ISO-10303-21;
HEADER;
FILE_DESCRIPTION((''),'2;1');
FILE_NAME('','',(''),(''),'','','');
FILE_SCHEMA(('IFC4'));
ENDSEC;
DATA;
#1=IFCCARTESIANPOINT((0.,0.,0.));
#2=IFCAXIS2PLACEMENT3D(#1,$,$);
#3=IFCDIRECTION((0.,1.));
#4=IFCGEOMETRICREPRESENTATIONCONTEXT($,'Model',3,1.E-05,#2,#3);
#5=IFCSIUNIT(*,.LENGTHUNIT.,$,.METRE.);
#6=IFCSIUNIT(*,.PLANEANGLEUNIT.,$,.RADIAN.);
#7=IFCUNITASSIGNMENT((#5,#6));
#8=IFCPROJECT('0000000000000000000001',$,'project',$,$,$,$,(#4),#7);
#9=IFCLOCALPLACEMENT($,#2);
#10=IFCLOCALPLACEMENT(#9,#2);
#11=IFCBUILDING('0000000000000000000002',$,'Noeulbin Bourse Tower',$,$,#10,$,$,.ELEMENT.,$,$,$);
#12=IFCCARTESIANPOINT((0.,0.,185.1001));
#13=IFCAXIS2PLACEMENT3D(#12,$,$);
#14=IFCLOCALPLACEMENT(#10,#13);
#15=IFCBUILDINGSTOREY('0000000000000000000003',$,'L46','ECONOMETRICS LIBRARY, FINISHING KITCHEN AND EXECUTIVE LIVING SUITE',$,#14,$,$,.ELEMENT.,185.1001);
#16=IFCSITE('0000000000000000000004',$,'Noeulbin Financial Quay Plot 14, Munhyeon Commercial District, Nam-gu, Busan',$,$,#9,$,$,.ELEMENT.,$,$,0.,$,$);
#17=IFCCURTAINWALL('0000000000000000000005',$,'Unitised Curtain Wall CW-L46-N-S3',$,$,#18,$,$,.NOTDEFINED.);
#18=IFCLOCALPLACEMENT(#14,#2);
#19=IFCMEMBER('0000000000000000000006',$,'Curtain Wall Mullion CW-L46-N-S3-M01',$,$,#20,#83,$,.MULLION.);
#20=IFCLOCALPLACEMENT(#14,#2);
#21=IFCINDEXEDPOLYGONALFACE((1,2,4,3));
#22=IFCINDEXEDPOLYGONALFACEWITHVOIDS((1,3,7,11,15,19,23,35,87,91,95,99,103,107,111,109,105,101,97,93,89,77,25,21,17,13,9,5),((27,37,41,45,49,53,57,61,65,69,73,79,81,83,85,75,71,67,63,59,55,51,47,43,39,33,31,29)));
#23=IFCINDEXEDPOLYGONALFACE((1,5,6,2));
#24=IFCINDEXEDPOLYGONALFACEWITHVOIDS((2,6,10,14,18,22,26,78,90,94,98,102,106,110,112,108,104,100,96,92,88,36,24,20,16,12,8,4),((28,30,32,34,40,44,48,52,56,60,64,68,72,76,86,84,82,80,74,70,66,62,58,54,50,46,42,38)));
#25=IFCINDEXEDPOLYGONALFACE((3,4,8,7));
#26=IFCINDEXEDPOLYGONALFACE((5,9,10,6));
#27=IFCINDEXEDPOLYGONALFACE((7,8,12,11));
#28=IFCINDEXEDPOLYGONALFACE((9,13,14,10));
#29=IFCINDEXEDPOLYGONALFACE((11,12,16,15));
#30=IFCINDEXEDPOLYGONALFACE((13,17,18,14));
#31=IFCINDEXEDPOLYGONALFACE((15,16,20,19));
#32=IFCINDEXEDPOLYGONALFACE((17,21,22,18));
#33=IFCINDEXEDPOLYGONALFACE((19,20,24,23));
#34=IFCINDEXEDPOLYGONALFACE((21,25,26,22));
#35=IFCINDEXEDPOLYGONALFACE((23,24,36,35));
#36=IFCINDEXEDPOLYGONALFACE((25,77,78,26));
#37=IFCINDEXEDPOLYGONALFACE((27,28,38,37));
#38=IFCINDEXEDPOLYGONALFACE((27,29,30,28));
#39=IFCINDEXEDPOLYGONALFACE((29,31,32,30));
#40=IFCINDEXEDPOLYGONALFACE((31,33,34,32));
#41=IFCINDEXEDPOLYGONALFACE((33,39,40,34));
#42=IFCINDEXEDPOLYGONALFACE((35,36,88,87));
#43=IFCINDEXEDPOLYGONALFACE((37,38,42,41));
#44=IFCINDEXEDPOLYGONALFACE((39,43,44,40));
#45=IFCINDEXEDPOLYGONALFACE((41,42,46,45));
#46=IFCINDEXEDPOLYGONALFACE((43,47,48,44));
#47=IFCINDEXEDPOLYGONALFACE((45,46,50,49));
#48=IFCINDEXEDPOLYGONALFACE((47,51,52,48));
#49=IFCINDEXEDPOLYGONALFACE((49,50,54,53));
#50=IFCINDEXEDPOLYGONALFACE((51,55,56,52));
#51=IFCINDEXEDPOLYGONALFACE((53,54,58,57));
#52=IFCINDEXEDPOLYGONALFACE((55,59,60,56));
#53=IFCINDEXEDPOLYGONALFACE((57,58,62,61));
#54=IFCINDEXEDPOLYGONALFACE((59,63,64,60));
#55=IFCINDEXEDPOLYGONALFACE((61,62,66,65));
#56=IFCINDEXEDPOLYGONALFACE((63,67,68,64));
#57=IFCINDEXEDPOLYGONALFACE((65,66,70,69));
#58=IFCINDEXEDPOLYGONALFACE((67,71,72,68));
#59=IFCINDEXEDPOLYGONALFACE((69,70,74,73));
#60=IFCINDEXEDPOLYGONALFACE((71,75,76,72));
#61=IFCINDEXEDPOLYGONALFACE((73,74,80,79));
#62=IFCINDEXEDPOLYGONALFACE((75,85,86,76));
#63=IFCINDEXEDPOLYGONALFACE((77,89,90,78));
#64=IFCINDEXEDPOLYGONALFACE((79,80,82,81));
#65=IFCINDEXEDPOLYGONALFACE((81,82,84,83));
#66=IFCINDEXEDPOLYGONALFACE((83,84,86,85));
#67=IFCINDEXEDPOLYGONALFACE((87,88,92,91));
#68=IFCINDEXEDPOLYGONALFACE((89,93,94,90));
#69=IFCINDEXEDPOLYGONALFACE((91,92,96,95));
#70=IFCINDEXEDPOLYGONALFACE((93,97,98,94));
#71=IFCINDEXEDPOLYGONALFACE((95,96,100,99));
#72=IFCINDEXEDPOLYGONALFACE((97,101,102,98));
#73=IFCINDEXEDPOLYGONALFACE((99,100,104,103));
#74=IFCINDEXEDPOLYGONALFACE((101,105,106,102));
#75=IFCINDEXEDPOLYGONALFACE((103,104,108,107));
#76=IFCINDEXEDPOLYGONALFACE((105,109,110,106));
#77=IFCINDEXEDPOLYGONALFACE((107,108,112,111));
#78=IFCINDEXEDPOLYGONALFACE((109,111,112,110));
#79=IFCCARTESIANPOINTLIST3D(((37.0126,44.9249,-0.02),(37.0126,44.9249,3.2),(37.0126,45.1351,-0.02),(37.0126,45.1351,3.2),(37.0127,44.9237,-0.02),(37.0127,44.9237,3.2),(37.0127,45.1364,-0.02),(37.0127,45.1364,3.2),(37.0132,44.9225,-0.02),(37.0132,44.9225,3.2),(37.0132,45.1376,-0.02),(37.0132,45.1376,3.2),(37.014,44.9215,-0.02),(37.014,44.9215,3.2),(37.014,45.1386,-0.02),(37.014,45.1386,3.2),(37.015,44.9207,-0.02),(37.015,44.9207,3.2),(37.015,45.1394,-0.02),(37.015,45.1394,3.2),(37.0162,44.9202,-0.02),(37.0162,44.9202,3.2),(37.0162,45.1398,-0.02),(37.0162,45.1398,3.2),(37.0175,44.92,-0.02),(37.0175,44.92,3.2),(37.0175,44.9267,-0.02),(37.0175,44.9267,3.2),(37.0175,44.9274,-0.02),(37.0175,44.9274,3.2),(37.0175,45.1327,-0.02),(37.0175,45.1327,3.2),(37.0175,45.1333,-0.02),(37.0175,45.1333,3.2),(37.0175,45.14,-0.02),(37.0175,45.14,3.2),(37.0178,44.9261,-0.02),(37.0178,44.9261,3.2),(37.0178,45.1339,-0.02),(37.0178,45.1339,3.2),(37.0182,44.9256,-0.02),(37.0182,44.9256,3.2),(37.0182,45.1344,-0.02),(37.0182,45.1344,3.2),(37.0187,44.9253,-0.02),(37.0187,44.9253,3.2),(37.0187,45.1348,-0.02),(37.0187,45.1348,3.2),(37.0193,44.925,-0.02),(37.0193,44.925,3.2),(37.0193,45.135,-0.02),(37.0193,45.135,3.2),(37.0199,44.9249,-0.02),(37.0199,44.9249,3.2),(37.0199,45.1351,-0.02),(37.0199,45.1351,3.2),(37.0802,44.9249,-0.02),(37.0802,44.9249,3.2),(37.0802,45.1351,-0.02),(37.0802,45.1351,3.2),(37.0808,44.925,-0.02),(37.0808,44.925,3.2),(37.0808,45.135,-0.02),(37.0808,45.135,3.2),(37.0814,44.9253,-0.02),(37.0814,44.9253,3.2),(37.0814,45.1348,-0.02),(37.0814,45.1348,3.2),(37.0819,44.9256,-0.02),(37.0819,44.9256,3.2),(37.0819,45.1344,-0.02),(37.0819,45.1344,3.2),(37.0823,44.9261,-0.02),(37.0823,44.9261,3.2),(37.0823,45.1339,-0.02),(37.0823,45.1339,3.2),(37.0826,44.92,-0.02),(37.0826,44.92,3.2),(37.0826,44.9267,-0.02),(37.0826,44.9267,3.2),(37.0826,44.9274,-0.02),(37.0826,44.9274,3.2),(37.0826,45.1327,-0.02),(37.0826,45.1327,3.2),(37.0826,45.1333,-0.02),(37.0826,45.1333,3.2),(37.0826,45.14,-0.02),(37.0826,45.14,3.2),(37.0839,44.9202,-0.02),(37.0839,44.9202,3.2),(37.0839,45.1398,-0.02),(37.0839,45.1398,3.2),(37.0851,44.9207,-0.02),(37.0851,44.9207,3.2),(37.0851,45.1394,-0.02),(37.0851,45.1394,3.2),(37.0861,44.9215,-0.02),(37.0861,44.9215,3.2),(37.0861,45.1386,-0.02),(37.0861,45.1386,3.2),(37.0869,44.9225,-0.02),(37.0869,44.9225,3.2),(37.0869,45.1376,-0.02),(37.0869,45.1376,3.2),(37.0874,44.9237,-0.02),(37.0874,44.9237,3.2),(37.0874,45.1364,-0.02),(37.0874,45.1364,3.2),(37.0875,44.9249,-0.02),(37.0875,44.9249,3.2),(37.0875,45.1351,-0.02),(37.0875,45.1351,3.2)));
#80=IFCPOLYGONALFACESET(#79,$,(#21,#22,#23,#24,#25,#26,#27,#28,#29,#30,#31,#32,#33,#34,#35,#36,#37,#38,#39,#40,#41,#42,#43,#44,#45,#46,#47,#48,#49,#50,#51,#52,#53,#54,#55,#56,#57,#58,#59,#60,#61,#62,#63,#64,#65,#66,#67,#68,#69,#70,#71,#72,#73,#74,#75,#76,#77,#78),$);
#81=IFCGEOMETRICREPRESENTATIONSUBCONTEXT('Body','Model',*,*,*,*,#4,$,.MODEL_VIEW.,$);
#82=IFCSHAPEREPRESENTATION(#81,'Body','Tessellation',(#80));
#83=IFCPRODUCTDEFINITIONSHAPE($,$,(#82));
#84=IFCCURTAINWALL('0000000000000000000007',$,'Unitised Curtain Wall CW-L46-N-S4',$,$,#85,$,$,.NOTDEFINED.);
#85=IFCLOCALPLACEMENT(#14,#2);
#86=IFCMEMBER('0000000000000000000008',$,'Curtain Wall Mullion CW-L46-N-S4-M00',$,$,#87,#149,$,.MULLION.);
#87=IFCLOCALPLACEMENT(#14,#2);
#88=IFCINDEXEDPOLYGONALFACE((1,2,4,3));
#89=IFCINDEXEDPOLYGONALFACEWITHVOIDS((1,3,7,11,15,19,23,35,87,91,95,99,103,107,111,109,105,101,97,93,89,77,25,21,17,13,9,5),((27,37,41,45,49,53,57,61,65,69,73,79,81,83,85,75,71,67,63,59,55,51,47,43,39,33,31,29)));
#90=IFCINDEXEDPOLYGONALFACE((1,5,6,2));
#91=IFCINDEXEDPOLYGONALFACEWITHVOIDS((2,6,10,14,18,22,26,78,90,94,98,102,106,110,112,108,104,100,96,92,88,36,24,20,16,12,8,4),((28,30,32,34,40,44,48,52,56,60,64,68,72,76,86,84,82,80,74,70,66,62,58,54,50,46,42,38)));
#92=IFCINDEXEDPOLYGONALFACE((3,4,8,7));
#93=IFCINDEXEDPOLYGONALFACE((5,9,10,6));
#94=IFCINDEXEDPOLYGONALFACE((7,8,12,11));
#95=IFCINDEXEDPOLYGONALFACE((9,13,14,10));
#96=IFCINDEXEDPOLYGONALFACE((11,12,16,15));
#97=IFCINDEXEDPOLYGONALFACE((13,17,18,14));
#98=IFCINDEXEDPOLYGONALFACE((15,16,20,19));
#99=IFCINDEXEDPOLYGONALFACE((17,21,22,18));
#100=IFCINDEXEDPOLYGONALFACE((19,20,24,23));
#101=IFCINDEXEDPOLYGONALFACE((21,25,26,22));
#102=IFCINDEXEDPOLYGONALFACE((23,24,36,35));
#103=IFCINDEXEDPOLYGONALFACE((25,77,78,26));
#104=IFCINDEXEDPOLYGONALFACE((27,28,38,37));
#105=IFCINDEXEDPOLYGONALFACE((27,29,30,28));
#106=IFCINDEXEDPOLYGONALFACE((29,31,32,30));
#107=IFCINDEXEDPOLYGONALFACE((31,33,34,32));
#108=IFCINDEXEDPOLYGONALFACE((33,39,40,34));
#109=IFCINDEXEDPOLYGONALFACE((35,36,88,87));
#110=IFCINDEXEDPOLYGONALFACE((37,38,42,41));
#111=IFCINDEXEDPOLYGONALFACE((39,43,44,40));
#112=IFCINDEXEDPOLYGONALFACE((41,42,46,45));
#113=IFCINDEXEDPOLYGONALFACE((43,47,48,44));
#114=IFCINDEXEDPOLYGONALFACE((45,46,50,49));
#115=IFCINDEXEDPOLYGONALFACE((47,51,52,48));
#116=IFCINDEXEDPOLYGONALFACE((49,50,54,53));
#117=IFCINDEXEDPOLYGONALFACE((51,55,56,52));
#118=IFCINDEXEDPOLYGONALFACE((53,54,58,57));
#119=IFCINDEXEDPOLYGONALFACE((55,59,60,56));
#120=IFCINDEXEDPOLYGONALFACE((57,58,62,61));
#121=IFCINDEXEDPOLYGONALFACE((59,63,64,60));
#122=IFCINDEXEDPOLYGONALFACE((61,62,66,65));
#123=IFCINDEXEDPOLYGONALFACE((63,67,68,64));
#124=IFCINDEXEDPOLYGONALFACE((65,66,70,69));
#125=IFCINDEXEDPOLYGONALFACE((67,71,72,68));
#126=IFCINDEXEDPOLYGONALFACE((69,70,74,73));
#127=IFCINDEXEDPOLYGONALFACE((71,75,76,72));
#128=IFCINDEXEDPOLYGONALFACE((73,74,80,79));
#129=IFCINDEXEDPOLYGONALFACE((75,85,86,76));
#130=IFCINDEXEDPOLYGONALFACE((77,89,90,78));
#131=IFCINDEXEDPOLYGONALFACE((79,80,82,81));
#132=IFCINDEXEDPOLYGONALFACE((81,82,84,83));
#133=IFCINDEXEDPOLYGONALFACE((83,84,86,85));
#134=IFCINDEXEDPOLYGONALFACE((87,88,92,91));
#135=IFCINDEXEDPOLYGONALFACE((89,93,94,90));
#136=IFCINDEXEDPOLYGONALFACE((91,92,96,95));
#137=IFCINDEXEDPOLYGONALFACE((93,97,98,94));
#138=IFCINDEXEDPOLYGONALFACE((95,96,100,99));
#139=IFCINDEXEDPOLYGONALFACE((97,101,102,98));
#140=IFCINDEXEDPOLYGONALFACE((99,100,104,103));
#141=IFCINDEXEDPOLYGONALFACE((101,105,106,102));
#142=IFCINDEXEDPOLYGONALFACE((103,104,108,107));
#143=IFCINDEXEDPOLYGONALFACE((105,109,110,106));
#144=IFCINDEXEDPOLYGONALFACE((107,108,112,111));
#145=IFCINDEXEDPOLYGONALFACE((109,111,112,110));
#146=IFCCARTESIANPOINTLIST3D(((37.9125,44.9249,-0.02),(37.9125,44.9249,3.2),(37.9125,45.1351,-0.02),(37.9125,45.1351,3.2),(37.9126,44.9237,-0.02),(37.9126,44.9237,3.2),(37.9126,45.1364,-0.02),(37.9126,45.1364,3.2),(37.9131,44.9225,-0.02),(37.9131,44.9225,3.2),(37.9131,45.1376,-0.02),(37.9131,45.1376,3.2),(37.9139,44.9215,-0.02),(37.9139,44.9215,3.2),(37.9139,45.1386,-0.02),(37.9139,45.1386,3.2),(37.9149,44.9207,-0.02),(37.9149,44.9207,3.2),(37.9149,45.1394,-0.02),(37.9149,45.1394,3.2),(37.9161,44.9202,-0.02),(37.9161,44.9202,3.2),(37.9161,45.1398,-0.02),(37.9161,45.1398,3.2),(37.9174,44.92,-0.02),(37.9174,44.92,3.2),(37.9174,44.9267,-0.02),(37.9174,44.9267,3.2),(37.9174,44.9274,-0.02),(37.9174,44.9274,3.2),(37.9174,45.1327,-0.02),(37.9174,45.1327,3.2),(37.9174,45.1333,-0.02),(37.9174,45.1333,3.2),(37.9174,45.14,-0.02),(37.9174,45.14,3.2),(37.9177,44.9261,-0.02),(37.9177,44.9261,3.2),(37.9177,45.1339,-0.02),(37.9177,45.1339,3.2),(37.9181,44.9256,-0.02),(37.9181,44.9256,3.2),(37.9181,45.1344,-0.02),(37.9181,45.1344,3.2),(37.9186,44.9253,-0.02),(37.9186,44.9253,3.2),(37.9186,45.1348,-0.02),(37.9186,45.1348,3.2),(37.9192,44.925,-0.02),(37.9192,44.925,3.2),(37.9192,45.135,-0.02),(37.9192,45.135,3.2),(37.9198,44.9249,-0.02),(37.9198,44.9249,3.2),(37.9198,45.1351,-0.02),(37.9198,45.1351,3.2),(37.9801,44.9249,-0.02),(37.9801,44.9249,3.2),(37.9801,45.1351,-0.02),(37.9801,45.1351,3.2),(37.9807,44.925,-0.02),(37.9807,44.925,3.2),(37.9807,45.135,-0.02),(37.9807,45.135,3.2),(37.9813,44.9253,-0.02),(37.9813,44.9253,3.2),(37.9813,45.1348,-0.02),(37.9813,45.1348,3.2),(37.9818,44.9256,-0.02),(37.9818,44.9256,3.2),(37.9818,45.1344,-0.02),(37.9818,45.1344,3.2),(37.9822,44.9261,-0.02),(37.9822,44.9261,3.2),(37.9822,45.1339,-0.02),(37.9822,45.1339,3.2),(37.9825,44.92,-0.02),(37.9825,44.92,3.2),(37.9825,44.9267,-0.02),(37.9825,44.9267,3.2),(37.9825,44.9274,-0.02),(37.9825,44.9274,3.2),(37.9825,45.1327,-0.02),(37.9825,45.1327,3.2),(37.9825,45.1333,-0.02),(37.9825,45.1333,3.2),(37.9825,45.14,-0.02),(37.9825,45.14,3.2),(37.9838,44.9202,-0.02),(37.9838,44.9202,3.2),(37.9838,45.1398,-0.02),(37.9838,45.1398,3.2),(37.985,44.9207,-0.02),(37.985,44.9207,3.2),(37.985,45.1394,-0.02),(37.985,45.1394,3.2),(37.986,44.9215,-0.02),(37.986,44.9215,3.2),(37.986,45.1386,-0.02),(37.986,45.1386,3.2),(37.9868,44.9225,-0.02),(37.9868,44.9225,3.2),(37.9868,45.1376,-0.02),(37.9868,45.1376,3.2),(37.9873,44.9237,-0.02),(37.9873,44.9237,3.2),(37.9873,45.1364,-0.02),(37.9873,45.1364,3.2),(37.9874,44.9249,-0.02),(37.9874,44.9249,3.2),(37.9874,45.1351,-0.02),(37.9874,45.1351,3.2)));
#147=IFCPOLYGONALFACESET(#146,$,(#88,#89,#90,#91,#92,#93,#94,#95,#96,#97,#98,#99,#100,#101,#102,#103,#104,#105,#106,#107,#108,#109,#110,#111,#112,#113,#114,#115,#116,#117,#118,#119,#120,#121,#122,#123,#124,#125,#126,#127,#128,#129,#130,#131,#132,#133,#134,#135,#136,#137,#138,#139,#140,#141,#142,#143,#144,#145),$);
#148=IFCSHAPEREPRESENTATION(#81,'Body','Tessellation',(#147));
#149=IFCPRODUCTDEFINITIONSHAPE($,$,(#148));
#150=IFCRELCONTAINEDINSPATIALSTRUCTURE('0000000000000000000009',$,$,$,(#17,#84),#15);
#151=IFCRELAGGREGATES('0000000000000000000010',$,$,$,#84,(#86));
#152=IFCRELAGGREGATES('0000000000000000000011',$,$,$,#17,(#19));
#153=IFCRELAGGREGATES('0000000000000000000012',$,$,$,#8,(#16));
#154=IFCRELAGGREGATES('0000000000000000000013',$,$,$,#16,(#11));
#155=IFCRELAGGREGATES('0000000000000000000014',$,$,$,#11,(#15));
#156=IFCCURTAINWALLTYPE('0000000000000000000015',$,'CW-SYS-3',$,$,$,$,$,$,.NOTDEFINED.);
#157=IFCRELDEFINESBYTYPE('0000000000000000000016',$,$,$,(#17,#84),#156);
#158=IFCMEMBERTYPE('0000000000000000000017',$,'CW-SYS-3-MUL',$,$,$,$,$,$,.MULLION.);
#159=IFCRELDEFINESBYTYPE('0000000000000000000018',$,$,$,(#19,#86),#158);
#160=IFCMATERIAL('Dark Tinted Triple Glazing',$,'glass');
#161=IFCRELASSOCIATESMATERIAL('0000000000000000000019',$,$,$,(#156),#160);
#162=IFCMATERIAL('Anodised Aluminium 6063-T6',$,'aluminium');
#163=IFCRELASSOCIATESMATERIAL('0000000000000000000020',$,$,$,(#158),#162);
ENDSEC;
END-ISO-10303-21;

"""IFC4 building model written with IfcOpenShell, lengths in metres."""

from ifc_helpers import new_model, si_unit, direction, frame, origin, origin_2d, place, context, subcontext, project, spatial, hollow_rectangle, extrude, material, material_profile, profile_set, type_object, element, aggregate, save


model = new_model("IFC4")

# Units and contexts
model_context = context("Model", 3, precision=1e-05, world=origin(), true_north=direction((0.0, 1.0)))
body_context = subcontext(model_context, "Body", "Model", "MODEL_VIEW")
ifc_project = project(units=[si_unit("LENGTHUNIT", "METRE"), si_unit("PLANEANGLEUNIT", "RADIAN")], contexts=[model_context])

# Site, building, storey
site_placement = place(None, origin())
site = spatial("IfcSite", under=ifc_project, at=site_placement, Name="Noeulbin Financial Quay Plot 14, Munhyeon Commercial District, Nam-gu, Busan", CompositionType="ELEMENT", RefElevation=0.0)
building_placement = place(site_placement, origin())
building = spatial("IfcBuilding", under=site, at=building_placement, Name="Noeulbin Bourse Tower", CompositionType="ELEMENT")
storey_placement = place(building_placement, frame((0.0, 0.0, 185.1001)))
storey = spatial("IfcBuildingStorey", under=building, at=storey_placement, Name="L46", Description="ECONOMETRICS LIBRARY, FINISHING KITCHEN AND EXECUTIVE LIVING SUITE", CompositionType="ELEMENT", Elevation=185.1001)

# Shared definitions
ifc_material_1 = material(Name="Dark Tinted Triple Glazing", Category="glass")
curtain_wall_type = type_object("IfcCurtainWallType", Name="CW-SYS-3", PredefinedType="NOTDEFINED", material=ifc_material_1)
ifc_material_2 = material(Name="Anodised Aluminium 6063-T6", Category="aluminium")
ifc_material_profile_1 = material_profile(ifc_material_2, hollow_rectangle(XDim=0.075, YDim=0.22, WallThickness=0.0049, InnerFilletRadius=0.0024, OuterFilletRadius=0.0049, at=origin_2d()), Name="ALU-MULL-75x220x5", Category="LoadBearing")
ifc_profile_set_1 = profile_set([ifc_material_profile_1], Name="Anodised Aluminium 6063-T6")
member_type_1 = type_object("IfcMemberType", Name="CW-SYS-3-MUL", PredefinedType="MULLION", material=ifc_profile_set_1)

# Curtain wall, member
curtain_wall_1_placement = place(storey_placement, origin())
curtain_wall_1 = element("IfcCurtainWall", 1, at=curtain_wall_1_placement, inside=storey, type_object=curtain_wall_type, Name="Unitised Curtain Wall CW-L46-N-S3", PredefinedType="NOTDEFINED")
member_1_placement = place(storey_placement, frame((37.05, 45.03, -0.02), z_axis=(0.0, 0.0, 1.0), x_axis=(1.0, 0.0, 0.0)))
member_1 = element("IfcMember", 2, at=member_1_placement, type_object=member_type_1, Name="Curtain Wall Mullion CW-L46-N-S3-M01", PredefinedType="MULLION", context=body_context, shape_type="SweptSolid", body=[
    extrude(hollow_rectangle(XDim=0.075, YDim=0.22, WallThickness=0.0049, InnerFilletRadius=0.0024, OuterFilletRadius=0.0049, at=origin_2d()), origin(), (0.0, 0.0, 1.0), 3.22),
])

# Curtain wall, member
curtain_wall_2_placement = place(storey_placement, origin())
curtain_wall_2 = element("IfcCurtainWall", 3, at=curtain_wall_2_placement, inside=storey, type_object=curtain_wall_type, Name="Unitised Curtain Wall CW-L46-N-S4", PredefinedType="NOTDEFINED")
member_2_placement = place(storey_placement, frame((37.95, 45.03, -0.02), z_axis=(0.0, 0.0, 1.0), x_axis=(1.0, 0.0, 0.0)))
member_2 = element("IfcMember", 4, at=member_2_placement, type_object=member_type_1, Name="Curtain Wall Mullion CW-L46-N-S4-M00", PredefinedType="MULLION", context=body_context, shape_type="SweptSolid", body=[
    extrude(hollow_rectangle(XDim=0.075, YDim=0.22, WallThickness=0.0049, InnerFilletRadius=0.0024, OuterFilletRadius=0.0049, at=origin_2d()), origin(), (0.0, 0.0, 1.0), 3.22),
])

aggregate(curtain_wall_2, [member_2])

aggregate(curtain_wall_1, [member_1])

save(model, "model.ifc")
